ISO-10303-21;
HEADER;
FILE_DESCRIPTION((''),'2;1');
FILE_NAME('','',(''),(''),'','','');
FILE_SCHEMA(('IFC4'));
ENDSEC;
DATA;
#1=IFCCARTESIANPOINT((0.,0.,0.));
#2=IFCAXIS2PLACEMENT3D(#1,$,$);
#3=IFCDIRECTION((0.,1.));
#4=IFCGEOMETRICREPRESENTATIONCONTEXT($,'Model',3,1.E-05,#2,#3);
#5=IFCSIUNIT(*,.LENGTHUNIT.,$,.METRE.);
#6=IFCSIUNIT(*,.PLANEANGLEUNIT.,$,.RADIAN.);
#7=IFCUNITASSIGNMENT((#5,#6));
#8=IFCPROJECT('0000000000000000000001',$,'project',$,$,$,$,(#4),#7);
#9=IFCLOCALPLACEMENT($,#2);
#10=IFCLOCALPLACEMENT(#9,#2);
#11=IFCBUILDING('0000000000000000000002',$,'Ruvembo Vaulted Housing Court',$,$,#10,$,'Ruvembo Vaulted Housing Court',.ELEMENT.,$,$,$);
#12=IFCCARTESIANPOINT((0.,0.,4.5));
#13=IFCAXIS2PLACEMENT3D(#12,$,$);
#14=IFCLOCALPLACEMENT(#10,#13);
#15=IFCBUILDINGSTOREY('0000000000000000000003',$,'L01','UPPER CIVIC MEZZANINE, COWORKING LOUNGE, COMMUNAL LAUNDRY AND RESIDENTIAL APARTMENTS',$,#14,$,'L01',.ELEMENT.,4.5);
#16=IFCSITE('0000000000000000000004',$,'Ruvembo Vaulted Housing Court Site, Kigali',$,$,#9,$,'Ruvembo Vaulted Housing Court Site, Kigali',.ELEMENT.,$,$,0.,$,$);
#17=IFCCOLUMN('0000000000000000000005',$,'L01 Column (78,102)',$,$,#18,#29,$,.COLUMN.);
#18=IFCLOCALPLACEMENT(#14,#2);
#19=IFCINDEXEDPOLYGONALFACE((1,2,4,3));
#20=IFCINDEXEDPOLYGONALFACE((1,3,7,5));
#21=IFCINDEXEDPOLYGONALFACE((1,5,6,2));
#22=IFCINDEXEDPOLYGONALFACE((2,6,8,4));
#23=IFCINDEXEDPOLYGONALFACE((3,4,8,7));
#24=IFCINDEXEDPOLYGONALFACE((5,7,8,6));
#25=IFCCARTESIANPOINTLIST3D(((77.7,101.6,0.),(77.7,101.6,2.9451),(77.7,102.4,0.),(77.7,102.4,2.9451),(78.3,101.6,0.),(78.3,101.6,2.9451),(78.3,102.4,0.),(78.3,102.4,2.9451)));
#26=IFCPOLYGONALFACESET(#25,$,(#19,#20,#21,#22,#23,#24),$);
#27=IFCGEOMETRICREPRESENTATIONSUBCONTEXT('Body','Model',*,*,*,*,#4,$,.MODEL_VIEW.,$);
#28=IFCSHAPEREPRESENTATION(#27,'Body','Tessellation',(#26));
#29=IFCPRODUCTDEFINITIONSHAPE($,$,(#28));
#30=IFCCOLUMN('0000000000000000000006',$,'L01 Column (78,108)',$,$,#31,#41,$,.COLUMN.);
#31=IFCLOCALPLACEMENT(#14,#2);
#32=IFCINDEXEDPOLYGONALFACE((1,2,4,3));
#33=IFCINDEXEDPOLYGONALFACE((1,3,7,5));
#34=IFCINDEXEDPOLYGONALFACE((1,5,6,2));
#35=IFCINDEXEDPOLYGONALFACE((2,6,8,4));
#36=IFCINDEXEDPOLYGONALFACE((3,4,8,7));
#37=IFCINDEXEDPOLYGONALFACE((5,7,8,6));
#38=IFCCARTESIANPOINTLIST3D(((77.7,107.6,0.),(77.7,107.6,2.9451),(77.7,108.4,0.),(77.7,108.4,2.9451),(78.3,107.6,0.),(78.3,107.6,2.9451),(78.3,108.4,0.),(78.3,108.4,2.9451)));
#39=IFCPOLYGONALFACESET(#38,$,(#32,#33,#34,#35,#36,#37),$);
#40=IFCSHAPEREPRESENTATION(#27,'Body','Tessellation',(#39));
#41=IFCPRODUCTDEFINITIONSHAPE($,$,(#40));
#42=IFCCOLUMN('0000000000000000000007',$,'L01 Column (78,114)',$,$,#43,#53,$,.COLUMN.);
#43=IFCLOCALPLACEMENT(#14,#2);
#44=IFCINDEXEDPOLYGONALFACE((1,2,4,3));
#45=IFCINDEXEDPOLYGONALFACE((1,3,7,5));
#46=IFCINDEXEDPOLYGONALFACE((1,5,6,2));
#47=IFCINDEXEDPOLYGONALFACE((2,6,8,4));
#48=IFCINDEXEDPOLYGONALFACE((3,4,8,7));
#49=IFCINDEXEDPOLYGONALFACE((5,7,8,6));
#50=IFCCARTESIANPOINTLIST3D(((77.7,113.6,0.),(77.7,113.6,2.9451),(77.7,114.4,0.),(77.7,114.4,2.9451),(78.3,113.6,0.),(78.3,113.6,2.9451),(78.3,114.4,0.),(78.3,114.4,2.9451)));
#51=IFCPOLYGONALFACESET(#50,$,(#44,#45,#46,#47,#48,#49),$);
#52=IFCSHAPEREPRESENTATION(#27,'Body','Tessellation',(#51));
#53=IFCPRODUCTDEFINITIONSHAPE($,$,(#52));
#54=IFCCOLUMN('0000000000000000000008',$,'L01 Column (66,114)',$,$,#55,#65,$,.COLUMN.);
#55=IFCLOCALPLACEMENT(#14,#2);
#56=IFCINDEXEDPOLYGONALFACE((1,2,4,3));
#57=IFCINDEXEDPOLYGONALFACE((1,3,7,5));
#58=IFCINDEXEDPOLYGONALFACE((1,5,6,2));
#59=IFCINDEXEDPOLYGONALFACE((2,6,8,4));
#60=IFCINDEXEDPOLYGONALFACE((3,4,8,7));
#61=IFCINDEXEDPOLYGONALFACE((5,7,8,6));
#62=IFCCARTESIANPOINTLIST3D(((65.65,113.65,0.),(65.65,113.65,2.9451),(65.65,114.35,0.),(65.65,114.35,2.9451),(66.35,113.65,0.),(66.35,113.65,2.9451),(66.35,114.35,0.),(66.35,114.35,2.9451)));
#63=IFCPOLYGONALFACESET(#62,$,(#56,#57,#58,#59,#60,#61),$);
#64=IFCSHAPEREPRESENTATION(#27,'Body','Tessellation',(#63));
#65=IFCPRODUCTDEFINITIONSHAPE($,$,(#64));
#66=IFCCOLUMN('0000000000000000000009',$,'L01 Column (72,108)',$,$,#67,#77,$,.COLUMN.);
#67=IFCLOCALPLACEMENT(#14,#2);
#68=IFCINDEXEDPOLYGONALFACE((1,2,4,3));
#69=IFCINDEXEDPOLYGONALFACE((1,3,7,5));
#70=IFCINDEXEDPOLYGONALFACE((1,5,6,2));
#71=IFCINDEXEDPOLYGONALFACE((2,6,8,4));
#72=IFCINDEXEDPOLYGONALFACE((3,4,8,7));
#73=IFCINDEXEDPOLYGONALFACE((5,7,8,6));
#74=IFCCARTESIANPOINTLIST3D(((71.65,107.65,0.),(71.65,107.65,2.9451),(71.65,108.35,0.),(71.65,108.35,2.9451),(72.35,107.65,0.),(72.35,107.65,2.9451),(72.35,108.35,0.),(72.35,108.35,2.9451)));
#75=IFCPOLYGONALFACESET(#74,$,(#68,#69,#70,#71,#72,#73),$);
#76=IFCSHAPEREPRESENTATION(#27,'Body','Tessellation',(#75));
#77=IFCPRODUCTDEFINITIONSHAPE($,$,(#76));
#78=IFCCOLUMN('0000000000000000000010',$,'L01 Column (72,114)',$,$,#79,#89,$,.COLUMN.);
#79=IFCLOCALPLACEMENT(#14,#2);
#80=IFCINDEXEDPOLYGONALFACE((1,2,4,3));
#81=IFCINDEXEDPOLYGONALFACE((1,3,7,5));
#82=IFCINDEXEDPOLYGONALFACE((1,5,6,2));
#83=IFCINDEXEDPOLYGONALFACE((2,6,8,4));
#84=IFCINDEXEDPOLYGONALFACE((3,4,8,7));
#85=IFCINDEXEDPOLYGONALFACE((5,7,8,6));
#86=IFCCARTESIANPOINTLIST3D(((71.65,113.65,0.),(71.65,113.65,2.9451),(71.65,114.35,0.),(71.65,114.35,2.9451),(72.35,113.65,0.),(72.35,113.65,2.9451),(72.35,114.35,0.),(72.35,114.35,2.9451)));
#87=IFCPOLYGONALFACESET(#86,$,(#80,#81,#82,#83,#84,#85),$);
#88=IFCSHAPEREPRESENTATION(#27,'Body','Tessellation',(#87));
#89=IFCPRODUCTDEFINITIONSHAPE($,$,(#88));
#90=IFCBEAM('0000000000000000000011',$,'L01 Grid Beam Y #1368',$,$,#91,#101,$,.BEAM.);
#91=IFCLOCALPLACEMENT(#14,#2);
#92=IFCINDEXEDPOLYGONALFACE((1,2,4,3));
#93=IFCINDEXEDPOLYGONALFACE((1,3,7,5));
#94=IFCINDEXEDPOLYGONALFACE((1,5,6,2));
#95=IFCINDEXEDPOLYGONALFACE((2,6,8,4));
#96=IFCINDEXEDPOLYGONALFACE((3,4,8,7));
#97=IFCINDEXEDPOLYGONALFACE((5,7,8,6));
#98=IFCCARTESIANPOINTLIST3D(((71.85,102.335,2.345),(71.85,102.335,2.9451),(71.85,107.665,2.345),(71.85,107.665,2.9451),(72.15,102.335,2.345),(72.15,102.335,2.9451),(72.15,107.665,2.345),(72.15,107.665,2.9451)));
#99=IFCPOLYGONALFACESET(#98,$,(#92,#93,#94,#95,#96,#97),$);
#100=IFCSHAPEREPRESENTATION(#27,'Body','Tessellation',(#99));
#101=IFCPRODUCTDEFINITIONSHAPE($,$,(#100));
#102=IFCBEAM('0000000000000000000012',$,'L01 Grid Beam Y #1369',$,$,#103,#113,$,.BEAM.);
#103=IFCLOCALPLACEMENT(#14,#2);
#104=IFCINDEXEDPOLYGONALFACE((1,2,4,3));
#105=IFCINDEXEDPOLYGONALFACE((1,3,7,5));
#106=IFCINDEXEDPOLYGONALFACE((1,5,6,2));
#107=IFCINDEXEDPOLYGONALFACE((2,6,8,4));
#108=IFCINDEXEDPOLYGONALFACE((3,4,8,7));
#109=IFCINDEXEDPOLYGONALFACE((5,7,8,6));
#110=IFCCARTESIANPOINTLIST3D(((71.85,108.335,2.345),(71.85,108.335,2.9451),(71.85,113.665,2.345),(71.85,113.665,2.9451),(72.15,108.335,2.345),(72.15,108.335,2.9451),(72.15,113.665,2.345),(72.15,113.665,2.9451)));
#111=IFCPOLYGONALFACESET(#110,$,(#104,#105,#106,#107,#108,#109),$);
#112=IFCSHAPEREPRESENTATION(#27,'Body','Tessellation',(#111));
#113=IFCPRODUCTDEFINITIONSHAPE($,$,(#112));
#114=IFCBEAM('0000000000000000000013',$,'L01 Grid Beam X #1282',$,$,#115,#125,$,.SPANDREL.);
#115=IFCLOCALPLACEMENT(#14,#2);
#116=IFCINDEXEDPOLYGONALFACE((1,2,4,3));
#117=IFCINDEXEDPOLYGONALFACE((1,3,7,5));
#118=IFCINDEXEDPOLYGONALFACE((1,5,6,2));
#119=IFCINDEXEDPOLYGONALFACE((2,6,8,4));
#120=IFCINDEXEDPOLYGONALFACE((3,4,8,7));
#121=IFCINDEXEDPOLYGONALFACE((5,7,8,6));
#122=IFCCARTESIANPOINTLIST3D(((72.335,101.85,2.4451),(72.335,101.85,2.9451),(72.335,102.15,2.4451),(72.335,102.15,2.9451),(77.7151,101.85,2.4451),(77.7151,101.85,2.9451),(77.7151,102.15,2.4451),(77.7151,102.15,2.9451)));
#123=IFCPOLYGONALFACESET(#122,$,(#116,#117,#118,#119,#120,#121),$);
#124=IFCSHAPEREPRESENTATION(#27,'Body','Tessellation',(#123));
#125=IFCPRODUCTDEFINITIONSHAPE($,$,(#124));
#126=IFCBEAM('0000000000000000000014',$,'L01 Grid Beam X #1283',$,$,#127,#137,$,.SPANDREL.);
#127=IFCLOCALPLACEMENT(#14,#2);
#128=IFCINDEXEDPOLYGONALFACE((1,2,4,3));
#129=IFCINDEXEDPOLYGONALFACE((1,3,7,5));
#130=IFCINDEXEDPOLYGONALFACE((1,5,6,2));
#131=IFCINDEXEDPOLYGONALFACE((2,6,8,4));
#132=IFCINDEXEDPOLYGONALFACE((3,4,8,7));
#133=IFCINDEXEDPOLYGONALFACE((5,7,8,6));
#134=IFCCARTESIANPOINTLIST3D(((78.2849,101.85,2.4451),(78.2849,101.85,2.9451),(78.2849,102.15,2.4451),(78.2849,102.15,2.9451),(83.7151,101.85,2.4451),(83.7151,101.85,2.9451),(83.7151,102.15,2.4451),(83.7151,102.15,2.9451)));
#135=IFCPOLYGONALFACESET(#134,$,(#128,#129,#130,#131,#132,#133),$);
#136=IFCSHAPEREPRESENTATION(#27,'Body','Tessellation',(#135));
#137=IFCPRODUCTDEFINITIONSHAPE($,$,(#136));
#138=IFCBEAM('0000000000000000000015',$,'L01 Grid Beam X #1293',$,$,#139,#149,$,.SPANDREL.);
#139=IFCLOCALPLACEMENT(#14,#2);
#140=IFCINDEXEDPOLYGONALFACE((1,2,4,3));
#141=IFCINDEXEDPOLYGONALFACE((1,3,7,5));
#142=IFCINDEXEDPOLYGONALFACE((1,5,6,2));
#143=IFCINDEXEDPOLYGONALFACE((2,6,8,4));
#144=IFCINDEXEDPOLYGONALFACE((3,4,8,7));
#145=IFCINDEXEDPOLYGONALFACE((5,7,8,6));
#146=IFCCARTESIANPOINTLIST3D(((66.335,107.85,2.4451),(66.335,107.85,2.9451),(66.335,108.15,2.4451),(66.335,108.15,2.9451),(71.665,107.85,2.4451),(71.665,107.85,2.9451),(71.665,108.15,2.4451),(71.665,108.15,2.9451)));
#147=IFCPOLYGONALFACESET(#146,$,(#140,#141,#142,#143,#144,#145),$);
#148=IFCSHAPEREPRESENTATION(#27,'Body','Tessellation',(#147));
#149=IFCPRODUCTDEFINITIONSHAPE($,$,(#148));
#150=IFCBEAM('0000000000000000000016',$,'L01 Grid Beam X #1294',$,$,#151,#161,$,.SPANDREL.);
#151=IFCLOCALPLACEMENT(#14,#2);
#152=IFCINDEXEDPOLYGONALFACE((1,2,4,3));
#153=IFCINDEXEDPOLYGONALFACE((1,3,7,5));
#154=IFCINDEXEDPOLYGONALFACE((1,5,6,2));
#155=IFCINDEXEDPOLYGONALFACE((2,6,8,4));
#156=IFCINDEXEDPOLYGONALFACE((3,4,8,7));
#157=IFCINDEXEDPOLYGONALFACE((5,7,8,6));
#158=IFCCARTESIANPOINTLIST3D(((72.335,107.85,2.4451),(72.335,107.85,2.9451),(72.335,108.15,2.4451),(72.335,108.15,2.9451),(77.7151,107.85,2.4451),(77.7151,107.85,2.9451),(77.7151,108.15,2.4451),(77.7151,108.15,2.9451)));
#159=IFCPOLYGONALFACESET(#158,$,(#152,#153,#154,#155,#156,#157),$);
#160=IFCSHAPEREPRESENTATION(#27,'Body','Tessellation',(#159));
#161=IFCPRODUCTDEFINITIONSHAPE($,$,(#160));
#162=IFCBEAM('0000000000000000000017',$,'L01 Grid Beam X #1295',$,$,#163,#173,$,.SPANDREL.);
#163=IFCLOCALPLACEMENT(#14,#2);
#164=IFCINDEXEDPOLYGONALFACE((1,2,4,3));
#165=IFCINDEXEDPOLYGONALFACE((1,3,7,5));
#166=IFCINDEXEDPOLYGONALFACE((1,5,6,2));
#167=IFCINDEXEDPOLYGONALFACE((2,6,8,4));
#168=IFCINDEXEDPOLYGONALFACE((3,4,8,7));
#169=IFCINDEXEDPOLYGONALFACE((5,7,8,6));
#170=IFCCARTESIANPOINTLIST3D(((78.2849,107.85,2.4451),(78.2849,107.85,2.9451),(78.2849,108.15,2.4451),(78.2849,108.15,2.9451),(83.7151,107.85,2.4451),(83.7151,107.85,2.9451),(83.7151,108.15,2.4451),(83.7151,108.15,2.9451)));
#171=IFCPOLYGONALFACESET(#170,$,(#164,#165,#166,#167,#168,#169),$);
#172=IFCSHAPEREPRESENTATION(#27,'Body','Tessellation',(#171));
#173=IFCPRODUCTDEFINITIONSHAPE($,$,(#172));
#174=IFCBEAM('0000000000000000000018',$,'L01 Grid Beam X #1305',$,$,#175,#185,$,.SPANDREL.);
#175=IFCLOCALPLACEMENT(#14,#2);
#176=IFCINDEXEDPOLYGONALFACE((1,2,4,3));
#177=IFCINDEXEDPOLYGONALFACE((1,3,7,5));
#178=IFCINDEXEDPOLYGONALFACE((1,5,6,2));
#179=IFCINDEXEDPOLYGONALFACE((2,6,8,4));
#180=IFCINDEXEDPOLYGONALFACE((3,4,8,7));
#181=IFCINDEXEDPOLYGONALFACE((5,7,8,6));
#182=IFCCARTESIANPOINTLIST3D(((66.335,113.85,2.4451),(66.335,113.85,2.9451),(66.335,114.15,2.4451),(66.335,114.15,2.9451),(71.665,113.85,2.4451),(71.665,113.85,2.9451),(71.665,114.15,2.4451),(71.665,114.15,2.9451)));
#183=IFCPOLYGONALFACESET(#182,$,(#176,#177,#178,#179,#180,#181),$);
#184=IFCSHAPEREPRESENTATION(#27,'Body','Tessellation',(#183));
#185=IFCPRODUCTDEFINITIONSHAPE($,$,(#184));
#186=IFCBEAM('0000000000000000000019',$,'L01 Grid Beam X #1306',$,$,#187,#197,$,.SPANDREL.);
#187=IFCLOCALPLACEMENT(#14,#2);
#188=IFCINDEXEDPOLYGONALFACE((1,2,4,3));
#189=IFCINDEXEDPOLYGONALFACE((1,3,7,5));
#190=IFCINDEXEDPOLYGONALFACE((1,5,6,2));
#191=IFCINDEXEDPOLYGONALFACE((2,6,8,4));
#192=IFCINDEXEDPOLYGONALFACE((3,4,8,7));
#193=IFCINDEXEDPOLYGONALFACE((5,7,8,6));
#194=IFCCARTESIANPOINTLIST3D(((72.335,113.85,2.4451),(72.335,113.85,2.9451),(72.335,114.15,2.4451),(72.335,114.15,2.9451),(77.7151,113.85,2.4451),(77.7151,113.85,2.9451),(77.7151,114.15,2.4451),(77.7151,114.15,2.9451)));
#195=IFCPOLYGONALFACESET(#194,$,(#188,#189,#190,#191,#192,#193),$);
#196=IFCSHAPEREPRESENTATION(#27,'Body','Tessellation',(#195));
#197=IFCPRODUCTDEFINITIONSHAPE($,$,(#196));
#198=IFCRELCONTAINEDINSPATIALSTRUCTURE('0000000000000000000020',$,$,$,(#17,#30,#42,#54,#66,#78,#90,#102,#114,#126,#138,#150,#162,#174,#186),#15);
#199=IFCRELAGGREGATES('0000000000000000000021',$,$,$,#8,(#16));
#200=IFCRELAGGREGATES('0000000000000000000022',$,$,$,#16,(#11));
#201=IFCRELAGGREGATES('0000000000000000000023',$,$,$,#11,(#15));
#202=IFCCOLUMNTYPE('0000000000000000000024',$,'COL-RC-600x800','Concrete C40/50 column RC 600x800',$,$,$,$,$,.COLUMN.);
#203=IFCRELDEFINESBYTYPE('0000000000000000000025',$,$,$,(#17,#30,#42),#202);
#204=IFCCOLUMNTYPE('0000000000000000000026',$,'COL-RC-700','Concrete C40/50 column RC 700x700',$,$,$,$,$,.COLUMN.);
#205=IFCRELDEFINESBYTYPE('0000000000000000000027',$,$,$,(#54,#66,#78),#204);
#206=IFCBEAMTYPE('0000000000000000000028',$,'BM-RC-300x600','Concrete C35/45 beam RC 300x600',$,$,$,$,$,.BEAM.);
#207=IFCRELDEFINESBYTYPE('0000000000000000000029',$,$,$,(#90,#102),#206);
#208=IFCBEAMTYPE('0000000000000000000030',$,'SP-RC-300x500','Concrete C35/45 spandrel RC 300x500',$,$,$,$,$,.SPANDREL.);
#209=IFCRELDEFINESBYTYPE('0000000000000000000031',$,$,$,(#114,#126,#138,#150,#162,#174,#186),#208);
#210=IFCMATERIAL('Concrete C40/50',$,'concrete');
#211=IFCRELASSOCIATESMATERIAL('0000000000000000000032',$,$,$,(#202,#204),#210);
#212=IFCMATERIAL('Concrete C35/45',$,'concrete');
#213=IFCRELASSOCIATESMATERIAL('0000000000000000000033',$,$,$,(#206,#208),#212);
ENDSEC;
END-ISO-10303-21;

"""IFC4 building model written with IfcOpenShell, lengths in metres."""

from ifc_helpers import new_model, si_unit, direction, frame, origin, origin_2d, place, context, subcontext, project, spatial, rectangle, extrude, material, material_profile, profile_set, type_object, element, save


model = new_model("IFC4")

# Units and contexts
model_context = context("Model", 3, precision=1e-05, world=origin(), true_north=direction((0.0, 1.0)))
body_context = subcontext(model_context, "Body", "Model", "MODEL_VIEW")
ifc_project = project(units=[si_unit("LENGTHUNIT", "METRE"), si_unit("PLANEANGLEUNIT", "RADIAN")], contexts=[model_context])

# Site, building, storey
site_placement = place(None, origin())
site = spatial("IfcSite", under=ifc_project, at=site_placement, Name="Ruvembo Vaulted Housing Court Site, Kigali", LongName="Ruvembo Vaulted Housing Court Site, Kigali", CompositionType="ELEMENT", RefElevation=0.0)
building_placement = place(site_placement, origin())
building = spatial("IfcBuilding", under=site, at=building_placement, Name="Ruvembo Vaulted Housing Court", LongName="Ruvembo Vaulted Housing Court", CompositionType="ELEMENT")
storey_placement = place(building_placement, frame((0.0, 0.0, 4.5)))
storey = spatial("IfcBuildingStorey", under=building, at=storey_placement, Name="L01", Description="UPPER CIVIC MEZZANINE, COWORKING LOUNGE, COMMUNAL LAUNDRY AND RESIDENTIAL APARTMENTS", LongName="L01", CompositionType="ELEMENT", Elevation=4.5)

# Columns
ifc_material_1 = material(Name="Concrete C40/50", Category="concrete")
ifc_material_profile_1 = material_profile(ifc_material_1, rectangle(XDim=0.6001, YDim=0.8, at=origin_2d()), Name="RC 600x800")
ifc_profile_set_1 = profile_set([ifc_material_profile_1], Name="Concrete C40/50")
column_type_1 = type_object("IfcColumnType", Name="COL-RC-600x800", Description="Concrete C40/50 column RC 600x800", PredefinedType="COLUMN", material=ifc_profile_set_1)
for number, where, z_axis, x_axis, name in (
    (1, (78.0, 102.0, 0.0), (0.0, 0.0, 1.0), (1.0, 0.0, 0.0), "L01 Column (78,102)"),
    (2, (78.0, 108.0, 0.0), (0.0, 0.0, 1.0), (1.0, 0.0, 0.0), "L01 Column (78,108)"),
    (3, (78.0, 114.0, 0.0), (0.0, 0.0, 1.0), (1.0, 0.0, 0.0), "L01 Column (78,114)"),
):
    element("IfcColumn", number, at=place(storey_placement, frame(where, z_axis=z_axis, x_axis=x_axis)), inside=storey, type_object=column_type_1, Name=name, PredefinedType="COLUMN", context=body_context, shape_type="SweptSolid", body=[
        extrude(rectangle(XDim=0.6001, YDim=0.8, at=origin_2d()), origin(), (0.0, 0.0, 1.0), 2.9451),
    ])
ifc_material_profile_2 = material_profile(ifc_material_1, rectangle(XDim=0.7, YDim=0.7, at=origin_2d()), Name="RC 700x700")
ifc_profile_set_2 = profile_set([ifc_material_profile_2], Name="Concrete C40/50")
column_type_2 = type_object("IfcColumnType", Name="COL-RC-700", Description="Concrete C40/50 column RC 700x700", PredefinedType="COLUMN", material=ifc_profile_set_2)
for number, where, z_axis, x_axis, name in (
    (4, (66.0, 114.0, 0.0), (0.0, 0.0, 1.0), (1.0, 0.0, 0.0), "L01 Column (66,114)"),
    (5, (72.0, 108.0, 0.0), (0.0, 0.0, 1.0), (1.0, 0.0, 0.0), "L01 Column (72,108)"),
    (6, (72.0, 114.0, 0.0), (0.0, 0.0, 1.0), (1.0, 0.0, 0.0), "L01 Column (72,114)"),
):
    element("IfcColumn", number, at=place(storey_placement, frame(where, z_axis=z_axis, x_axis=x_axis)), inside=storey, type_object=column_type_2, Name=name, PredefinedType="COLUMN", context=body_context, shape_type="SweptSolid", body=[
        extrude(rectangle(XDim=0.7, YDim=0.7, at=origin_2d()), origin(), (0.0, 0.0, 1.0), 2.9451),
    ])

# Beams
ifc_material_2 = material(Name="Concrete C35/45", Category="concrete")
ifc_material_profile_3 = material_profile(ifc_material_2, rectangle(XDim=0.3, YDim=0.6001, at=origin_2d()), Name="RC 300x600")
ifc_profile_set_3 = profile_set([ifc_material_profile_3], Name="Concrete C35/45")
beam_type_1 = type_object("IfcBeamType", Name="BM-RC-300x600", Description="Concrete C35/45 beam RC 300x600", PredefinedType="BEAM", material=ifc_profile_set_3)
for number, where, z_axis, x_axis, name in (
    (7, (72.0, 102.335, 2.645), (0.0, 1.0, 0.0), (-1.0, 0.0, 0.0), "L01 Grid Beam Y #1368"),
    (8, (72.0, 108.335, 2.645), (0.0, 1.0, 0.0), (-1.0, 0.0, 0.0), "L01 Grid Beam Y #1369"),
):
    element("IfcBeam", number, at=place(storey_placement, frame(where, z_axis=z_axis, x_axis=x_axis)), inside=storey, type_object=beam_type_1, Name=name, PredefinedType="BEAM", context=body_context, shape_type="SweptSolid", body=[
        extrude(rectangle(XDim=0.3, YDim=0.6001, at=origin_2d()), origin(), (0.0, 0.0, 1.0), 5.3301),
    ])
ifc_material_profile_4 = material_profile(ifc_material_2, rectangle(XDim=0.3, YDim=0.5, at=origin_2d()), Name="RC 300x500")
ifc_profile_set_4 = profile_set([ifc_material_profile_4], Name="Concrete C35/45")
beam_type_2 = type_object("IfcBeamType", Name="SP-RC-300x500", Description="Concrete C35/45 spandrel RC 300x500", PredefinedType="SPANDREL", material=ifc_profile_set_4)
beam_1_placement = place(storey_placement, frame((72.335, 102.0, 2.6951), z_axis=(1.0, 0.0, 0.0), x_axis=(0.0, 1.0, 0.0)))
element("IfcBeam", 9, at=beam_1_placement, inside=storey, type_object=beam_type_2, Name="L01 Grid Beam X #1282", PredefinedType="SPANDREL", context=body_context, shape_type="SweptSolid", body=[
    extrude(rectangle(XDim=0.3, YDim=0.5, at=origin_2d()), origin(), (0.0, 0.0, 1.0), 5.3801),
])
beam_2_placement = place(storey_placement, frame((78.2849, 102.0, 2.6951), z_axis=(1.0, 0.0, 0.0), x_axis=(0.0, 1.0, 0.0)))
element("IfcBeam", 10, at=beam_2_placement, inside=storey, type_object=beam_type_2, Name="L01 Grid Beam X #1283", PredefinedType="SPANDREL", context=body_context, shape_type="SweptSolid", body=[
    extrude(rectangle(XDim=0.3, YDim=0.5, at=origin_2d()), origin(), (0.0, 0.0, 1.0), 5.4302),
])
beam_3_placement = place(storey_placement, frame((66.335, 108.0, 2.6951), z_axis=(1.0, 0.0, 0.0), x_axis=(0.0, 1.0, 0.0)))
element("IfcBeam", 11, at=beam_3_placement, inside=storey, type_object=beam_type_2, Name="L01 Grid Beam X #1293", PredefinedType="SPANDREL", context=body_context, shape_type="SweptSolid", body=[
    extrude(rectangle(XDim=0.3, YDim=0.5, at=origin_2d()), origin(), (0.0, 0.0, 1.0), 5.3301),
])
beam_4_placement = place(storey_placement, frame((72.335, 108.0, 2.6951), z_axis=(1.0, 0.0, 0.0), x_axis=(0.0, 1.0, 0.0)))
element("IfcBeam", 12, at=beam_4_placement, inside=storey, type_object=beam_type_2, Name="L01 Grid Beam X #1294", PredefinedType="SPANDREL", context=body_context, shape_type="SweptSolid", body=[
    extrude(rectangle(XDim=0.3, YDim=0.5, at=origin_2d()), origin(), (0.0, 0.0, 1.0), 5.3801),
])
beam_5_placement = place(storey_placement, frame((78.2849, 108.0, 2.6951), z_axis=(1.0, 0.0, 0.0), x_axis=(0.0, 1.0, 0.0)))
element("IfcBeam", 13, at=beam_5_placement, inside=storey, type_object=beam_type_2, Name="L01 Grid Beam X #1295", PredefinedType="SPANDREL", context=body_context, shape_type="SweptSolid", body=[
    extrude(rectangle(XDim=0.3, YDim=0.5, at=origin_2d()), origin(), (0.0, 0.0, 1.0), 5.4302),
])
beam_6_placement = place(storey_placement, frame((66.335, 114.0, 2.6951), z_axis=(1.0, 0.0, 0.0), x_axis=(0.0, 1.0, 0.0)))
element("IfcBeam", 14, at=beam_6_placement, inside=storey, type_object=beam_type_2, Name="L01 Grid Beam X #1305", PredefinedType="SPANDREL", context=body_context, shape_type="SweptSolid", body=[
    extrude(rectangle(XDim=0.3, YDim=0.5, at=origin_2d()), origin(), (0.0, 0.0, 1.0), 5.3301),
])
beam_7_placement = place(storey_placement, frame((72.335, 114.0, 2.6951), z_axis=(1.0, 0.0, 0.0), x_axis=(0.0, 1.0, 0.0)))
element("IfcBeam", 15, at=beam_7_placement, inside=storey, type_object=beam_type_2, Name="L01 Grid Beam X #1306", PredefinedType="SPANDREL", context=body_context, shape_type="SweptSolid", body=[
    extrude(rectangle(XDim=0.3, YDim=0.5, at=origin_2d()), origin(), (0.0, 0.0, 1.0), 5.3801),
])

save(model, "model.ifc")
